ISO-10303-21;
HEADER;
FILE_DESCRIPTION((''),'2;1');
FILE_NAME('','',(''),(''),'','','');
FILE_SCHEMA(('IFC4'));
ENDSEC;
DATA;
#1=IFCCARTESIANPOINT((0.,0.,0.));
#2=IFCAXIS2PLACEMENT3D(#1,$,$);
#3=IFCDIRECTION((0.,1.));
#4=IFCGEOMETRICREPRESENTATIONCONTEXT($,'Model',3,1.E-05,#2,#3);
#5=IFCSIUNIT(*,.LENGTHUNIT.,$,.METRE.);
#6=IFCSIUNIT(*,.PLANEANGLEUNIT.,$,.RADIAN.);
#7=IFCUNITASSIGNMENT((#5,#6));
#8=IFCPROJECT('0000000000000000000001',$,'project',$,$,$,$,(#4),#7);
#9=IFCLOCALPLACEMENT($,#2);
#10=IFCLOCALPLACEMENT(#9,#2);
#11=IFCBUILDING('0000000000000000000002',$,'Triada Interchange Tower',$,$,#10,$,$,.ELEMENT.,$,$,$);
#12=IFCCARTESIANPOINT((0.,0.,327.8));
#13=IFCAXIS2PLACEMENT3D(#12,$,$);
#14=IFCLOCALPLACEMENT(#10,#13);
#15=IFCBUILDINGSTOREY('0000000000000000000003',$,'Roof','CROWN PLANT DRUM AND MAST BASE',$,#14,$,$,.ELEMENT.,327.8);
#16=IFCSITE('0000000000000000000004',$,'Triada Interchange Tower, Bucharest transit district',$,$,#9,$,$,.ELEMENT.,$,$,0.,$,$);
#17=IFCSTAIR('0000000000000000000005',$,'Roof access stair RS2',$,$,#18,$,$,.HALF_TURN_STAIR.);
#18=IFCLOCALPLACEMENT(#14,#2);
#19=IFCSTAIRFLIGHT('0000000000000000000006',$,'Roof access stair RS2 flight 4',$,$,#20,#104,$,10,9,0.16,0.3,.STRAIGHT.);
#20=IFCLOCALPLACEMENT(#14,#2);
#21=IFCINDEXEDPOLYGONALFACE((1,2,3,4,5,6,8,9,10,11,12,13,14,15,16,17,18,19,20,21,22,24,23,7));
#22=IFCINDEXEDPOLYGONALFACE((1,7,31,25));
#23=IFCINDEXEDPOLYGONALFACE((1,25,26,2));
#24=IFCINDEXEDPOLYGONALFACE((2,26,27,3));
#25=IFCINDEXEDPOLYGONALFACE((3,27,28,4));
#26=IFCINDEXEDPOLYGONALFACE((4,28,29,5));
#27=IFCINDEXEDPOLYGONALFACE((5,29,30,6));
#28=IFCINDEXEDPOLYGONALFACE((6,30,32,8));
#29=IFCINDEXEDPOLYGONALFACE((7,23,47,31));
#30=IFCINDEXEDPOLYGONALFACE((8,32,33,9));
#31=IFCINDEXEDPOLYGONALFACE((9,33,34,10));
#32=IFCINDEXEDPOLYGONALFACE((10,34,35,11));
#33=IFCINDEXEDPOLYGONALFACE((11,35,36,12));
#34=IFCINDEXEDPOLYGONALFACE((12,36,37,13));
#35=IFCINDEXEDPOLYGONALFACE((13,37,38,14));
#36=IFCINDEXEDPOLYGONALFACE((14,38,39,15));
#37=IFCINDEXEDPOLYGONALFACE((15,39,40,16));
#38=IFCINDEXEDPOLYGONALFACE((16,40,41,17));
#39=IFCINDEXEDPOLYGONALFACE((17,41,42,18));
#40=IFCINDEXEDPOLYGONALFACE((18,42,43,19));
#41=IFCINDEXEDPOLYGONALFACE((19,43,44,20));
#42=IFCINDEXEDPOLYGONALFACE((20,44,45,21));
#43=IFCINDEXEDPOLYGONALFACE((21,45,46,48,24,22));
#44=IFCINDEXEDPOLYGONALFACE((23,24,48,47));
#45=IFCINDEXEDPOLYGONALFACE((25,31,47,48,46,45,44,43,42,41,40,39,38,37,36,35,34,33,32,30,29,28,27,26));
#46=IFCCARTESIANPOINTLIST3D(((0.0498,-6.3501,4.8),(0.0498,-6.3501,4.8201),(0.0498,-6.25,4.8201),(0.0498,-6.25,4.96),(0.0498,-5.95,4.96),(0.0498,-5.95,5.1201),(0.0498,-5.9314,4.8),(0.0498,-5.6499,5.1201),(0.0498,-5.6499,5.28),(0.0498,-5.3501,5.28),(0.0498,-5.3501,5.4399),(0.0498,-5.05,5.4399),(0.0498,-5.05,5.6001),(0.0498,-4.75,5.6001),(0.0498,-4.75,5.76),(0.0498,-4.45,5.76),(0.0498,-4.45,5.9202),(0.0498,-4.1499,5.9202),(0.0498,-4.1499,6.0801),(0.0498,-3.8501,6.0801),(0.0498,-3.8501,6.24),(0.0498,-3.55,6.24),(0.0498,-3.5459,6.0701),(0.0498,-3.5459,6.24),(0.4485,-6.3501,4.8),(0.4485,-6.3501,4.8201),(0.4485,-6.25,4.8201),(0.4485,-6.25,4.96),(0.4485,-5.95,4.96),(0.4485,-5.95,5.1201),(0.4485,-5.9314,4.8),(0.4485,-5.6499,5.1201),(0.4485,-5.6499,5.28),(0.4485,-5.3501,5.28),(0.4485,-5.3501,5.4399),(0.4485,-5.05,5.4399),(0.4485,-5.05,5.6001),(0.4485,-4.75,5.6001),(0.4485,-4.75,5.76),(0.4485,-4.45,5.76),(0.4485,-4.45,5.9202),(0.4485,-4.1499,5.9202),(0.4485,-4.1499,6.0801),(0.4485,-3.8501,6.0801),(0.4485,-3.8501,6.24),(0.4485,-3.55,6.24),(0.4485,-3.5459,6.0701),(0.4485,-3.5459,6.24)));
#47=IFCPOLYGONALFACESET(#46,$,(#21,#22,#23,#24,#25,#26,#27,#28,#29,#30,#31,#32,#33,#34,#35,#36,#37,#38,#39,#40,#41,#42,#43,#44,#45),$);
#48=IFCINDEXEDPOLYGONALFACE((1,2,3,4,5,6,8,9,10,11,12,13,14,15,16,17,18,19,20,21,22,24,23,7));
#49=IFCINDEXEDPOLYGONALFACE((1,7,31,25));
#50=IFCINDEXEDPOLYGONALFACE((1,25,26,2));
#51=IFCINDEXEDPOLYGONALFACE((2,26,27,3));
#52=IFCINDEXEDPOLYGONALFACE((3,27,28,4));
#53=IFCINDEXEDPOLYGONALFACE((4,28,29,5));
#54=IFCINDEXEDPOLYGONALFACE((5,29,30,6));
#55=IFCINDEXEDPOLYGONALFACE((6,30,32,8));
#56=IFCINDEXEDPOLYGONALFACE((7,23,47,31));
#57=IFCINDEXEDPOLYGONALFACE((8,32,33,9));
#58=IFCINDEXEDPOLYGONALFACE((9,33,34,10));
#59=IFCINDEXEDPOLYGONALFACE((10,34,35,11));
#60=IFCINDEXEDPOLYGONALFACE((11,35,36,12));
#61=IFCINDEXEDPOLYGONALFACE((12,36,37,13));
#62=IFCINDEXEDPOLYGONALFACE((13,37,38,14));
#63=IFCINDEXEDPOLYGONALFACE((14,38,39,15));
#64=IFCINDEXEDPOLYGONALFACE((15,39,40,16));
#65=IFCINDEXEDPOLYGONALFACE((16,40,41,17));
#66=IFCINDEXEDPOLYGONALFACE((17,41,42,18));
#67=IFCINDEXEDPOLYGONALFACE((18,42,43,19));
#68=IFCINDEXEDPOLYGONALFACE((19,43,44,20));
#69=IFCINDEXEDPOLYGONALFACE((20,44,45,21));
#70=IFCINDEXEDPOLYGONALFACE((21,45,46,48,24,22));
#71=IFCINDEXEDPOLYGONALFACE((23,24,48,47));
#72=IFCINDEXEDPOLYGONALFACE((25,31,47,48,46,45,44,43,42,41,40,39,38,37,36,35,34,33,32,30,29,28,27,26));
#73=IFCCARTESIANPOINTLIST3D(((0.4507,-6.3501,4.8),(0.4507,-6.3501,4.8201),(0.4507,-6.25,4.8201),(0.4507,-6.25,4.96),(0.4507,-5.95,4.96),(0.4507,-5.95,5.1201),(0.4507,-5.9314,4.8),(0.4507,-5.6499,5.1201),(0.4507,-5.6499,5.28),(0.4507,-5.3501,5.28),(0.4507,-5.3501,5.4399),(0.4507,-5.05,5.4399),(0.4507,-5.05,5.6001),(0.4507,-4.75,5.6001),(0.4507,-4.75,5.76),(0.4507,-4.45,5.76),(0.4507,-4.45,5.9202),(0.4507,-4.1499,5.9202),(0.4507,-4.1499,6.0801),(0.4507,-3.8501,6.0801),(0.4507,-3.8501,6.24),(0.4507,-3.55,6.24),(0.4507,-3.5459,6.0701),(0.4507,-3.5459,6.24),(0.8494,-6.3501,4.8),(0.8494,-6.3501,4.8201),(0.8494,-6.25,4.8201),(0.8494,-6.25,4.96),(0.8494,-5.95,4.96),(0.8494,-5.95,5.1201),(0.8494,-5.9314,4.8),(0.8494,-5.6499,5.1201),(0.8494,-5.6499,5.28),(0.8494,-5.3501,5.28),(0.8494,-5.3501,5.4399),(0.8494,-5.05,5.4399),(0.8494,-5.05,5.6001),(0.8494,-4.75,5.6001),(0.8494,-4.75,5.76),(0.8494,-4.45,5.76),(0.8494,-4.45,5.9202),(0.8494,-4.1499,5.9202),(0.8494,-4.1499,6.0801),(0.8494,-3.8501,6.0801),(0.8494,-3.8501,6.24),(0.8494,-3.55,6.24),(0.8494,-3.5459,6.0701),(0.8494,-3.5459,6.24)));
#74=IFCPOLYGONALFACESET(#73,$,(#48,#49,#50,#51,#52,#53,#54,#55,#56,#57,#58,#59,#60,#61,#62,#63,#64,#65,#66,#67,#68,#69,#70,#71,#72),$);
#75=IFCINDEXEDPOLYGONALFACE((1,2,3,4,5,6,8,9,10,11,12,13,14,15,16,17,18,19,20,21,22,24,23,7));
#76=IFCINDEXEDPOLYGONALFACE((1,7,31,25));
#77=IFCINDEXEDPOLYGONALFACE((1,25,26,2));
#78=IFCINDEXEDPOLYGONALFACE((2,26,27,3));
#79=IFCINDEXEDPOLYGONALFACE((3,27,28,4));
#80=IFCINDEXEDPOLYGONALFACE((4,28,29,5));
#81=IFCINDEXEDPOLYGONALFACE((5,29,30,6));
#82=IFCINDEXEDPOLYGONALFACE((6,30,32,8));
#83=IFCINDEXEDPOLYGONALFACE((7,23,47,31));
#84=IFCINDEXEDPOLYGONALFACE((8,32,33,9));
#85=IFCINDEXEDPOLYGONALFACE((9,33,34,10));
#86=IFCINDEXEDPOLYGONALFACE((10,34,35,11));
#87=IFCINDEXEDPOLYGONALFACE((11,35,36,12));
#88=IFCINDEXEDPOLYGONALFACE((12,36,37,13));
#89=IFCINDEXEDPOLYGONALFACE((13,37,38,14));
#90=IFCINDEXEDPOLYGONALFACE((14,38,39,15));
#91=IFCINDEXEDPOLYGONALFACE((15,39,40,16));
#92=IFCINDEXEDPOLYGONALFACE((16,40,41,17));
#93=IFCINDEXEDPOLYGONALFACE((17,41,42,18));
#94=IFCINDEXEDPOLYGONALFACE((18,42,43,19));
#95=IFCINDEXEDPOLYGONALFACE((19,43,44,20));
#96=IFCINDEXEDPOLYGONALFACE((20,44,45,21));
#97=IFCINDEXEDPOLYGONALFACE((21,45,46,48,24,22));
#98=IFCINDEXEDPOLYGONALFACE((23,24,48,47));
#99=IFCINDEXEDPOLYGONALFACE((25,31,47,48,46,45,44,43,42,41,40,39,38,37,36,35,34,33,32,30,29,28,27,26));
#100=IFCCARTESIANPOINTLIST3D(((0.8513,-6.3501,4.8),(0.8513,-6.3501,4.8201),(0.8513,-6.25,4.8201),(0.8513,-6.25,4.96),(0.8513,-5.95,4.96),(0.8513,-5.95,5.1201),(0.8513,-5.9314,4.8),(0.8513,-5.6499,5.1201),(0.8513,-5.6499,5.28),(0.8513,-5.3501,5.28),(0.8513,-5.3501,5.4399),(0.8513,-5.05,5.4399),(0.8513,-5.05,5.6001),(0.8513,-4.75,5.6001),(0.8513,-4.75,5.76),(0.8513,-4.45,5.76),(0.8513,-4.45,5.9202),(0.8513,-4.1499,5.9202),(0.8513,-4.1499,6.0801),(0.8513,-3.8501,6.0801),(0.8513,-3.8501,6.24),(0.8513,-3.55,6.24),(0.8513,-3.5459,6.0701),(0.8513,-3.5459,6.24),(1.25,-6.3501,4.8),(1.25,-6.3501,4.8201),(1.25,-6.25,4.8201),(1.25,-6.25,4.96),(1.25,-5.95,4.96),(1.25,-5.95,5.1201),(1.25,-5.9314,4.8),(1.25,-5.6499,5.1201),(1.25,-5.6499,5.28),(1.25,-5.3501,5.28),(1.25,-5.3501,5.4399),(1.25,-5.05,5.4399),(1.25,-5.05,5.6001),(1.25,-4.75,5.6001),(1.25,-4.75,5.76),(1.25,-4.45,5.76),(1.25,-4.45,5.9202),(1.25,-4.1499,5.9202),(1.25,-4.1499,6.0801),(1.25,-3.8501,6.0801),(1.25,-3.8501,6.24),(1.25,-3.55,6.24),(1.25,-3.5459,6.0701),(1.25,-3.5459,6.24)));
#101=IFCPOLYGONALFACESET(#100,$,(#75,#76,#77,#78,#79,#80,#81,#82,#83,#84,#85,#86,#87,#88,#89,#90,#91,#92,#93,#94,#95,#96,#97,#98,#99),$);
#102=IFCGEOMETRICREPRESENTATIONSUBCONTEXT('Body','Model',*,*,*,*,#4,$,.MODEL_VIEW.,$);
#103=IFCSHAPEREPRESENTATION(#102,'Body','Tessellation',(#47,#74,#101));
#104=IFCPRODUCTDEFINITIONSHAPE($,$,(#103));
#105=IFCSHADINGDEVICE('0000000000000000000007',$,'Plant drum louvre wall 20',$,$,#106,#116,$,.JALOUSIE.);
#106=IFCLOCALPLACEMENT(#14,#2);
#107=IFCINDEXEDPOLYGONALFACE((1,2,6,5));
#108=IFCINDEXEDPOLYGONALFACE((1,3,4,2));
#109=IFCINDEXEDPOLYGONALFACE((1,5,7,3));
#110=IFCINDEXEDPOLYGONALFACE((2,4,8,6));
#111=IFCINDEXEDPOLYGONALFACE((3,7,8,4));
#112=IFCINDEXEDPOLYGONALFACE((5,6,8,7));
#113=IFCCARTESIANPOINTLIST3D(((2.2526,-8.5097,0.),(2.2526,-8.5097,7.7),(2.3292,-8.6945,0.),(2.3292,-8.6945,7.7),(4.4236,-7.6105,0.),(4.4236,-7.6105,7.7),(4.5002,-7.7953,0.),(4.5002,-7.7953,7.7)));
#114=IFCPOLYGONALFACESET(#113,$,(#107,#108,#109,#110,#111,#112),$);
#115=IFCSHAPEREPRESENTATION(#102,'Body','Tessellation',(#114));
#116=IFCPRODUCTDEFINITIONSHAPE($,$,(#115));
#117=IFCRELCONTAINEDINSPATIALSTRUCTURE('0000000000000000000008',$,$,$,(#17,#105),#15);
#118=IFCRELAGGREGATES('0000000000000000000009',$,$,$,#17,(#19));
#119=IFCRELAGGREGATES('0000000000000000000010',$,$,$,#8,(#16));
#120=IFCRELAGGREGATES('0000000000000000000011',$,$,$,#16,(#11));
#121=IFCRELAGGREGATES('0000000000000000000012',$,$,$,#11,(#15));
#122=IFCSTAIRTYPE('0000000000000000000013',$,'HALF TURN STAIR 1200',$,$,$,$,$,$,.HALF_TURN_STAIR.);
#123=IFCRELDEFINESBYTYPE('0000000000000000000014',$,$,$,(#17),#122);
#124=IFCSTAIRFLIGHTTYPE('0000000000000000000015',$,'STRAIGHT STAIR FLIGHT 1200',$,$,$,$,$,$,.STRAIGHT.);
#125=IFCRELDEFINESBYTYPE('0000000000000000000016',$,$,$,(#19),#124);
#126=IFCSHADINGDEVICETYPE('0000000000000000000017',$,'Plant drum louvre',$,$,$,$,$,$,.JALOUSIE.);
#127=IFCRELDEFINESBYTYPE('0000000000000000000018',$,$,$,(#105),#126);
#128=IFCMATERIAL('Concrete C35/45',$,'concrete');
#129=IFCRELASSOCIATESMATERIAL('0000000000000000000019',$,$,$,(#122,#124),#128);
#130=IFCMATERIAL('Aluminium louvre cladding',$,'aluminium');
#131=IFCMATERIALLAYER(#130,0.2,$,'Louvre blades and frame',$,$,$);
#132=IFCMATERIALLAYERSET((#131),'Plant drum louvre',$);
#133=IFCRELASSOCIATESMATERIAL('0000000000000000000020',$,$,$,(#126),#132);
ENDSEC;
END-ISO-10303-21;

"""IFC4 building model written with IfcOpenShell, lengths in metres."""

from ifc_helpers import new_model, si_unit, direction, frame, frame_2d, origin, place, context, subcontext, project, spatial, polyline, rectangle, outline, extrude, material, layer, layer_set, type_object, element, aggregate, save


model = new_model("IFC4")

# Units and contexts
model_context = context("Model", 3, precision=1e-05, world=origin(), true_north=direction((0.0, 1.0)))
body_context = subcontext(model_context, "Body", "Model", "MODEL_VIEW")
ifc_project = project(units=[si_unit("LENGTHUNIT", "METRE"), si_unit("PLANEANGLEUNIT", "RADIAN")], contexts=[model_context])

# Site, building, storey
site_placement = place(None, origin())
site = spatial("IfcSite", under=ifc_project, at=site_placement, Name="Triada Interchange Tower, Bucharest transit district", CompositionType="ELEMENT", RefElevation=0.0)
building_placement = place(site_placement, origin())
building = spatial("IfcBuilding", under=site, at=building_placement, Name="Triada Interchange Tower", CompositionType="ELEMENT")
storey_placement = place(building_placement, frame((0.0, 0.0, 327.8)))
storey = spatial("IfcBuildingStorey", under=building, at=storey_placement, Name="Roof", Description="CROWN PLANT DRUM AND MAST BASE", CompositionType="ELEMENT", Elevation=327.8)

# Stair
ifc_material_1 = material(Name="Concrete C35/45", Category="concrete")
stair_type = type_object("IfcStairType", Name="HALF TURN STAIR 1200", PredefinedType="HALF_TURN_STAIR", material=ifc_material_1)
stair_1_placement = place(storey_placement, origin())
stair_1 = element("IfcStair", 1, at=stair_1_placement, inside=storey, type_object=stair_type, Name="Roof access stair RS2", PredefinedType="HALF_TURN_STAIR")

# Stair flight
stair_flight_type = type_object("IfcStairFlightType", Name="STRAIGHT STAIR FLIGHT 1200", PredefinedType="STRAIGHT", material=ifc_material_1)
stair_flight_1_placement = place(storey_placement, frame((0.6499, -6.25, 4.8), z_axis=(0.0, 0.0, 1.0), x_axis=(0.0, 1.0, 0.0)))
stair_flight_1 = element("IfcStairFlight", 2, at=stair_flight_1_placement, type_object=stair_flight_type, Name="Roof access stair RS2 flight 4", NumberOfRisers=10, NumberOfTreads=9, PredefinedType="STRAIGHT", RiserHeight=0.16, TreadLength=0.3, context=body_context, shape_type="SweptSolid", body=[
    extrude(outline(polyline([(-0.1001, 0.0), (-0.1001, 0.02), (0.0, 0.02), (0.0, 0.1599), (0.3, 0.1599), (0.3, 0.3201), (0.6001, 0.3201), (0.6001, 0.48), (0.8999, 0.48), (0.8999, 0.6399), (1.2, 0.6399), (1.2, 0.8), (1.5, 0.8), (1.5, 0.96), (1.8, 0.96), (1.8, 1.1201), (2.1001, 1.1201), (2.1001, 1.28), (2.3999, 1.28), (2.3999, 1.4399), (2.7, 1.4399), (2.7041, 1.4399), (2.7041, 1.6001), (2.7041, 1.27), (0.3186, 0.0), (-0.1001, 0.0)])), frame((0.0, 0.6001, 0.0), z_axis=(0.0, -1.0, 0.0), x_axis=(1.0, 0.0, 0.0)), (0.0, 0.0, 1.0), 0.3987),
    extrude(outline(polyline([(-0.1001, 0.0), (-0.1001, 0.02), (0.0, 0.02), (0.0, 0.1599), (0.3, 0.1599), (0.3, 0.3201), (0.6001, 0.3201), (0.6001, 0.48), (0.8999, 0.48), (0.8999, 0.6399), (1.2, 0.6399), (1.2, 0.8), (1.5, 0.8), (1.5, 0.96), (1.8, 0.96), (1.8, 1.1201), (2.1001, 1.1201), (2.1001, 1.28), (2.3999, 1.28), (2.3999, 1.4399), (2.7, 1.4399), (2.7041, 1.4399), (2.7041, 1.6001), (2.7041, 1.27), (0.3186, 0.0), (-0.1001, 0.0)])), frame((0.0, 0.1992, 0.0), z_axis=(0.0, -1.0, 0.0), x_axis=(1.0, 0.0, 0.0)), (0.0, 0.0, 1.0), 0.3987),
    extrude(outline(polyline([(-0.1001, 0.0), (-0.1001, 0.02), (0.0, 0.02), (0.0, 0.1599), (0.3, 0.1599), (0.3, 0.3201), (0.6001, 0.3201), (0.6001, 0.48), (0.8999, 0.48), (0.8999, 0.6399), (1.2, 0.6399), (1.2, 0.8), (1.5, 0.8), (1.5, 0.96), (1.8, 0.96), (1.8, 1.1201), (2.1001, 1.1201), (2.1001, 1.28), (2.3999, 1.28), (2.3999, 1.4399), (2.7, 1.4399), (2.7041, 1.4399), (2.7041, 1.6001), (2.7041, 1.27), (0.3186, 0.0), (-0.1001, 0.0)])), frame((0.0, -0.2014, 0.0), z_axis=(0.0, -1.0, 0.0), x_axis=(1.0, 0.0, 0.0)), (0.0, 0.0, 1.0), 0.3987),
])

# Shading device
ifc_material_2 = material(Name="Aluminium louvre cladding", Category="aluminium")
ifc_layer_1 = layer(ifc_material_2, 0.2, Name="Louvre blades and frame")
ifc_layer_set_1 = layer_set([ifc_layer_1], Name="Plant drum louvre")
shading_device_type = type_object("IfcShadingDeviceType", Name="Plant drum louvre", PredefinedType="JALOUSIE", material=ifc_layer_set_1)
shading_device_placement = place(storey_placement, frame((2.291, -8.6021, 0.0), z_axis=(0.0, 0.0, 1.0), x_axis=(0.923886, 0.382667, 0.0)))
element("IfcShadingDevice", 3, at=shading_device_placement, inside=storey, type_object=shading_device_type, Name="Plant drum louvre wall 20", PredefinedType="JALOUSIE", context=body_context, shape_type="SweptSolid", body=[
    extrude(rectangle(XDim=2.3499, YDim=0.2, at=frame_2d((1.1748, 0.0))), origin(), (0.0, 0.0, 1.0), 7.7),
])

aggregate(stair_1, [stair_flight_1])

save(model, "model.ifc")
